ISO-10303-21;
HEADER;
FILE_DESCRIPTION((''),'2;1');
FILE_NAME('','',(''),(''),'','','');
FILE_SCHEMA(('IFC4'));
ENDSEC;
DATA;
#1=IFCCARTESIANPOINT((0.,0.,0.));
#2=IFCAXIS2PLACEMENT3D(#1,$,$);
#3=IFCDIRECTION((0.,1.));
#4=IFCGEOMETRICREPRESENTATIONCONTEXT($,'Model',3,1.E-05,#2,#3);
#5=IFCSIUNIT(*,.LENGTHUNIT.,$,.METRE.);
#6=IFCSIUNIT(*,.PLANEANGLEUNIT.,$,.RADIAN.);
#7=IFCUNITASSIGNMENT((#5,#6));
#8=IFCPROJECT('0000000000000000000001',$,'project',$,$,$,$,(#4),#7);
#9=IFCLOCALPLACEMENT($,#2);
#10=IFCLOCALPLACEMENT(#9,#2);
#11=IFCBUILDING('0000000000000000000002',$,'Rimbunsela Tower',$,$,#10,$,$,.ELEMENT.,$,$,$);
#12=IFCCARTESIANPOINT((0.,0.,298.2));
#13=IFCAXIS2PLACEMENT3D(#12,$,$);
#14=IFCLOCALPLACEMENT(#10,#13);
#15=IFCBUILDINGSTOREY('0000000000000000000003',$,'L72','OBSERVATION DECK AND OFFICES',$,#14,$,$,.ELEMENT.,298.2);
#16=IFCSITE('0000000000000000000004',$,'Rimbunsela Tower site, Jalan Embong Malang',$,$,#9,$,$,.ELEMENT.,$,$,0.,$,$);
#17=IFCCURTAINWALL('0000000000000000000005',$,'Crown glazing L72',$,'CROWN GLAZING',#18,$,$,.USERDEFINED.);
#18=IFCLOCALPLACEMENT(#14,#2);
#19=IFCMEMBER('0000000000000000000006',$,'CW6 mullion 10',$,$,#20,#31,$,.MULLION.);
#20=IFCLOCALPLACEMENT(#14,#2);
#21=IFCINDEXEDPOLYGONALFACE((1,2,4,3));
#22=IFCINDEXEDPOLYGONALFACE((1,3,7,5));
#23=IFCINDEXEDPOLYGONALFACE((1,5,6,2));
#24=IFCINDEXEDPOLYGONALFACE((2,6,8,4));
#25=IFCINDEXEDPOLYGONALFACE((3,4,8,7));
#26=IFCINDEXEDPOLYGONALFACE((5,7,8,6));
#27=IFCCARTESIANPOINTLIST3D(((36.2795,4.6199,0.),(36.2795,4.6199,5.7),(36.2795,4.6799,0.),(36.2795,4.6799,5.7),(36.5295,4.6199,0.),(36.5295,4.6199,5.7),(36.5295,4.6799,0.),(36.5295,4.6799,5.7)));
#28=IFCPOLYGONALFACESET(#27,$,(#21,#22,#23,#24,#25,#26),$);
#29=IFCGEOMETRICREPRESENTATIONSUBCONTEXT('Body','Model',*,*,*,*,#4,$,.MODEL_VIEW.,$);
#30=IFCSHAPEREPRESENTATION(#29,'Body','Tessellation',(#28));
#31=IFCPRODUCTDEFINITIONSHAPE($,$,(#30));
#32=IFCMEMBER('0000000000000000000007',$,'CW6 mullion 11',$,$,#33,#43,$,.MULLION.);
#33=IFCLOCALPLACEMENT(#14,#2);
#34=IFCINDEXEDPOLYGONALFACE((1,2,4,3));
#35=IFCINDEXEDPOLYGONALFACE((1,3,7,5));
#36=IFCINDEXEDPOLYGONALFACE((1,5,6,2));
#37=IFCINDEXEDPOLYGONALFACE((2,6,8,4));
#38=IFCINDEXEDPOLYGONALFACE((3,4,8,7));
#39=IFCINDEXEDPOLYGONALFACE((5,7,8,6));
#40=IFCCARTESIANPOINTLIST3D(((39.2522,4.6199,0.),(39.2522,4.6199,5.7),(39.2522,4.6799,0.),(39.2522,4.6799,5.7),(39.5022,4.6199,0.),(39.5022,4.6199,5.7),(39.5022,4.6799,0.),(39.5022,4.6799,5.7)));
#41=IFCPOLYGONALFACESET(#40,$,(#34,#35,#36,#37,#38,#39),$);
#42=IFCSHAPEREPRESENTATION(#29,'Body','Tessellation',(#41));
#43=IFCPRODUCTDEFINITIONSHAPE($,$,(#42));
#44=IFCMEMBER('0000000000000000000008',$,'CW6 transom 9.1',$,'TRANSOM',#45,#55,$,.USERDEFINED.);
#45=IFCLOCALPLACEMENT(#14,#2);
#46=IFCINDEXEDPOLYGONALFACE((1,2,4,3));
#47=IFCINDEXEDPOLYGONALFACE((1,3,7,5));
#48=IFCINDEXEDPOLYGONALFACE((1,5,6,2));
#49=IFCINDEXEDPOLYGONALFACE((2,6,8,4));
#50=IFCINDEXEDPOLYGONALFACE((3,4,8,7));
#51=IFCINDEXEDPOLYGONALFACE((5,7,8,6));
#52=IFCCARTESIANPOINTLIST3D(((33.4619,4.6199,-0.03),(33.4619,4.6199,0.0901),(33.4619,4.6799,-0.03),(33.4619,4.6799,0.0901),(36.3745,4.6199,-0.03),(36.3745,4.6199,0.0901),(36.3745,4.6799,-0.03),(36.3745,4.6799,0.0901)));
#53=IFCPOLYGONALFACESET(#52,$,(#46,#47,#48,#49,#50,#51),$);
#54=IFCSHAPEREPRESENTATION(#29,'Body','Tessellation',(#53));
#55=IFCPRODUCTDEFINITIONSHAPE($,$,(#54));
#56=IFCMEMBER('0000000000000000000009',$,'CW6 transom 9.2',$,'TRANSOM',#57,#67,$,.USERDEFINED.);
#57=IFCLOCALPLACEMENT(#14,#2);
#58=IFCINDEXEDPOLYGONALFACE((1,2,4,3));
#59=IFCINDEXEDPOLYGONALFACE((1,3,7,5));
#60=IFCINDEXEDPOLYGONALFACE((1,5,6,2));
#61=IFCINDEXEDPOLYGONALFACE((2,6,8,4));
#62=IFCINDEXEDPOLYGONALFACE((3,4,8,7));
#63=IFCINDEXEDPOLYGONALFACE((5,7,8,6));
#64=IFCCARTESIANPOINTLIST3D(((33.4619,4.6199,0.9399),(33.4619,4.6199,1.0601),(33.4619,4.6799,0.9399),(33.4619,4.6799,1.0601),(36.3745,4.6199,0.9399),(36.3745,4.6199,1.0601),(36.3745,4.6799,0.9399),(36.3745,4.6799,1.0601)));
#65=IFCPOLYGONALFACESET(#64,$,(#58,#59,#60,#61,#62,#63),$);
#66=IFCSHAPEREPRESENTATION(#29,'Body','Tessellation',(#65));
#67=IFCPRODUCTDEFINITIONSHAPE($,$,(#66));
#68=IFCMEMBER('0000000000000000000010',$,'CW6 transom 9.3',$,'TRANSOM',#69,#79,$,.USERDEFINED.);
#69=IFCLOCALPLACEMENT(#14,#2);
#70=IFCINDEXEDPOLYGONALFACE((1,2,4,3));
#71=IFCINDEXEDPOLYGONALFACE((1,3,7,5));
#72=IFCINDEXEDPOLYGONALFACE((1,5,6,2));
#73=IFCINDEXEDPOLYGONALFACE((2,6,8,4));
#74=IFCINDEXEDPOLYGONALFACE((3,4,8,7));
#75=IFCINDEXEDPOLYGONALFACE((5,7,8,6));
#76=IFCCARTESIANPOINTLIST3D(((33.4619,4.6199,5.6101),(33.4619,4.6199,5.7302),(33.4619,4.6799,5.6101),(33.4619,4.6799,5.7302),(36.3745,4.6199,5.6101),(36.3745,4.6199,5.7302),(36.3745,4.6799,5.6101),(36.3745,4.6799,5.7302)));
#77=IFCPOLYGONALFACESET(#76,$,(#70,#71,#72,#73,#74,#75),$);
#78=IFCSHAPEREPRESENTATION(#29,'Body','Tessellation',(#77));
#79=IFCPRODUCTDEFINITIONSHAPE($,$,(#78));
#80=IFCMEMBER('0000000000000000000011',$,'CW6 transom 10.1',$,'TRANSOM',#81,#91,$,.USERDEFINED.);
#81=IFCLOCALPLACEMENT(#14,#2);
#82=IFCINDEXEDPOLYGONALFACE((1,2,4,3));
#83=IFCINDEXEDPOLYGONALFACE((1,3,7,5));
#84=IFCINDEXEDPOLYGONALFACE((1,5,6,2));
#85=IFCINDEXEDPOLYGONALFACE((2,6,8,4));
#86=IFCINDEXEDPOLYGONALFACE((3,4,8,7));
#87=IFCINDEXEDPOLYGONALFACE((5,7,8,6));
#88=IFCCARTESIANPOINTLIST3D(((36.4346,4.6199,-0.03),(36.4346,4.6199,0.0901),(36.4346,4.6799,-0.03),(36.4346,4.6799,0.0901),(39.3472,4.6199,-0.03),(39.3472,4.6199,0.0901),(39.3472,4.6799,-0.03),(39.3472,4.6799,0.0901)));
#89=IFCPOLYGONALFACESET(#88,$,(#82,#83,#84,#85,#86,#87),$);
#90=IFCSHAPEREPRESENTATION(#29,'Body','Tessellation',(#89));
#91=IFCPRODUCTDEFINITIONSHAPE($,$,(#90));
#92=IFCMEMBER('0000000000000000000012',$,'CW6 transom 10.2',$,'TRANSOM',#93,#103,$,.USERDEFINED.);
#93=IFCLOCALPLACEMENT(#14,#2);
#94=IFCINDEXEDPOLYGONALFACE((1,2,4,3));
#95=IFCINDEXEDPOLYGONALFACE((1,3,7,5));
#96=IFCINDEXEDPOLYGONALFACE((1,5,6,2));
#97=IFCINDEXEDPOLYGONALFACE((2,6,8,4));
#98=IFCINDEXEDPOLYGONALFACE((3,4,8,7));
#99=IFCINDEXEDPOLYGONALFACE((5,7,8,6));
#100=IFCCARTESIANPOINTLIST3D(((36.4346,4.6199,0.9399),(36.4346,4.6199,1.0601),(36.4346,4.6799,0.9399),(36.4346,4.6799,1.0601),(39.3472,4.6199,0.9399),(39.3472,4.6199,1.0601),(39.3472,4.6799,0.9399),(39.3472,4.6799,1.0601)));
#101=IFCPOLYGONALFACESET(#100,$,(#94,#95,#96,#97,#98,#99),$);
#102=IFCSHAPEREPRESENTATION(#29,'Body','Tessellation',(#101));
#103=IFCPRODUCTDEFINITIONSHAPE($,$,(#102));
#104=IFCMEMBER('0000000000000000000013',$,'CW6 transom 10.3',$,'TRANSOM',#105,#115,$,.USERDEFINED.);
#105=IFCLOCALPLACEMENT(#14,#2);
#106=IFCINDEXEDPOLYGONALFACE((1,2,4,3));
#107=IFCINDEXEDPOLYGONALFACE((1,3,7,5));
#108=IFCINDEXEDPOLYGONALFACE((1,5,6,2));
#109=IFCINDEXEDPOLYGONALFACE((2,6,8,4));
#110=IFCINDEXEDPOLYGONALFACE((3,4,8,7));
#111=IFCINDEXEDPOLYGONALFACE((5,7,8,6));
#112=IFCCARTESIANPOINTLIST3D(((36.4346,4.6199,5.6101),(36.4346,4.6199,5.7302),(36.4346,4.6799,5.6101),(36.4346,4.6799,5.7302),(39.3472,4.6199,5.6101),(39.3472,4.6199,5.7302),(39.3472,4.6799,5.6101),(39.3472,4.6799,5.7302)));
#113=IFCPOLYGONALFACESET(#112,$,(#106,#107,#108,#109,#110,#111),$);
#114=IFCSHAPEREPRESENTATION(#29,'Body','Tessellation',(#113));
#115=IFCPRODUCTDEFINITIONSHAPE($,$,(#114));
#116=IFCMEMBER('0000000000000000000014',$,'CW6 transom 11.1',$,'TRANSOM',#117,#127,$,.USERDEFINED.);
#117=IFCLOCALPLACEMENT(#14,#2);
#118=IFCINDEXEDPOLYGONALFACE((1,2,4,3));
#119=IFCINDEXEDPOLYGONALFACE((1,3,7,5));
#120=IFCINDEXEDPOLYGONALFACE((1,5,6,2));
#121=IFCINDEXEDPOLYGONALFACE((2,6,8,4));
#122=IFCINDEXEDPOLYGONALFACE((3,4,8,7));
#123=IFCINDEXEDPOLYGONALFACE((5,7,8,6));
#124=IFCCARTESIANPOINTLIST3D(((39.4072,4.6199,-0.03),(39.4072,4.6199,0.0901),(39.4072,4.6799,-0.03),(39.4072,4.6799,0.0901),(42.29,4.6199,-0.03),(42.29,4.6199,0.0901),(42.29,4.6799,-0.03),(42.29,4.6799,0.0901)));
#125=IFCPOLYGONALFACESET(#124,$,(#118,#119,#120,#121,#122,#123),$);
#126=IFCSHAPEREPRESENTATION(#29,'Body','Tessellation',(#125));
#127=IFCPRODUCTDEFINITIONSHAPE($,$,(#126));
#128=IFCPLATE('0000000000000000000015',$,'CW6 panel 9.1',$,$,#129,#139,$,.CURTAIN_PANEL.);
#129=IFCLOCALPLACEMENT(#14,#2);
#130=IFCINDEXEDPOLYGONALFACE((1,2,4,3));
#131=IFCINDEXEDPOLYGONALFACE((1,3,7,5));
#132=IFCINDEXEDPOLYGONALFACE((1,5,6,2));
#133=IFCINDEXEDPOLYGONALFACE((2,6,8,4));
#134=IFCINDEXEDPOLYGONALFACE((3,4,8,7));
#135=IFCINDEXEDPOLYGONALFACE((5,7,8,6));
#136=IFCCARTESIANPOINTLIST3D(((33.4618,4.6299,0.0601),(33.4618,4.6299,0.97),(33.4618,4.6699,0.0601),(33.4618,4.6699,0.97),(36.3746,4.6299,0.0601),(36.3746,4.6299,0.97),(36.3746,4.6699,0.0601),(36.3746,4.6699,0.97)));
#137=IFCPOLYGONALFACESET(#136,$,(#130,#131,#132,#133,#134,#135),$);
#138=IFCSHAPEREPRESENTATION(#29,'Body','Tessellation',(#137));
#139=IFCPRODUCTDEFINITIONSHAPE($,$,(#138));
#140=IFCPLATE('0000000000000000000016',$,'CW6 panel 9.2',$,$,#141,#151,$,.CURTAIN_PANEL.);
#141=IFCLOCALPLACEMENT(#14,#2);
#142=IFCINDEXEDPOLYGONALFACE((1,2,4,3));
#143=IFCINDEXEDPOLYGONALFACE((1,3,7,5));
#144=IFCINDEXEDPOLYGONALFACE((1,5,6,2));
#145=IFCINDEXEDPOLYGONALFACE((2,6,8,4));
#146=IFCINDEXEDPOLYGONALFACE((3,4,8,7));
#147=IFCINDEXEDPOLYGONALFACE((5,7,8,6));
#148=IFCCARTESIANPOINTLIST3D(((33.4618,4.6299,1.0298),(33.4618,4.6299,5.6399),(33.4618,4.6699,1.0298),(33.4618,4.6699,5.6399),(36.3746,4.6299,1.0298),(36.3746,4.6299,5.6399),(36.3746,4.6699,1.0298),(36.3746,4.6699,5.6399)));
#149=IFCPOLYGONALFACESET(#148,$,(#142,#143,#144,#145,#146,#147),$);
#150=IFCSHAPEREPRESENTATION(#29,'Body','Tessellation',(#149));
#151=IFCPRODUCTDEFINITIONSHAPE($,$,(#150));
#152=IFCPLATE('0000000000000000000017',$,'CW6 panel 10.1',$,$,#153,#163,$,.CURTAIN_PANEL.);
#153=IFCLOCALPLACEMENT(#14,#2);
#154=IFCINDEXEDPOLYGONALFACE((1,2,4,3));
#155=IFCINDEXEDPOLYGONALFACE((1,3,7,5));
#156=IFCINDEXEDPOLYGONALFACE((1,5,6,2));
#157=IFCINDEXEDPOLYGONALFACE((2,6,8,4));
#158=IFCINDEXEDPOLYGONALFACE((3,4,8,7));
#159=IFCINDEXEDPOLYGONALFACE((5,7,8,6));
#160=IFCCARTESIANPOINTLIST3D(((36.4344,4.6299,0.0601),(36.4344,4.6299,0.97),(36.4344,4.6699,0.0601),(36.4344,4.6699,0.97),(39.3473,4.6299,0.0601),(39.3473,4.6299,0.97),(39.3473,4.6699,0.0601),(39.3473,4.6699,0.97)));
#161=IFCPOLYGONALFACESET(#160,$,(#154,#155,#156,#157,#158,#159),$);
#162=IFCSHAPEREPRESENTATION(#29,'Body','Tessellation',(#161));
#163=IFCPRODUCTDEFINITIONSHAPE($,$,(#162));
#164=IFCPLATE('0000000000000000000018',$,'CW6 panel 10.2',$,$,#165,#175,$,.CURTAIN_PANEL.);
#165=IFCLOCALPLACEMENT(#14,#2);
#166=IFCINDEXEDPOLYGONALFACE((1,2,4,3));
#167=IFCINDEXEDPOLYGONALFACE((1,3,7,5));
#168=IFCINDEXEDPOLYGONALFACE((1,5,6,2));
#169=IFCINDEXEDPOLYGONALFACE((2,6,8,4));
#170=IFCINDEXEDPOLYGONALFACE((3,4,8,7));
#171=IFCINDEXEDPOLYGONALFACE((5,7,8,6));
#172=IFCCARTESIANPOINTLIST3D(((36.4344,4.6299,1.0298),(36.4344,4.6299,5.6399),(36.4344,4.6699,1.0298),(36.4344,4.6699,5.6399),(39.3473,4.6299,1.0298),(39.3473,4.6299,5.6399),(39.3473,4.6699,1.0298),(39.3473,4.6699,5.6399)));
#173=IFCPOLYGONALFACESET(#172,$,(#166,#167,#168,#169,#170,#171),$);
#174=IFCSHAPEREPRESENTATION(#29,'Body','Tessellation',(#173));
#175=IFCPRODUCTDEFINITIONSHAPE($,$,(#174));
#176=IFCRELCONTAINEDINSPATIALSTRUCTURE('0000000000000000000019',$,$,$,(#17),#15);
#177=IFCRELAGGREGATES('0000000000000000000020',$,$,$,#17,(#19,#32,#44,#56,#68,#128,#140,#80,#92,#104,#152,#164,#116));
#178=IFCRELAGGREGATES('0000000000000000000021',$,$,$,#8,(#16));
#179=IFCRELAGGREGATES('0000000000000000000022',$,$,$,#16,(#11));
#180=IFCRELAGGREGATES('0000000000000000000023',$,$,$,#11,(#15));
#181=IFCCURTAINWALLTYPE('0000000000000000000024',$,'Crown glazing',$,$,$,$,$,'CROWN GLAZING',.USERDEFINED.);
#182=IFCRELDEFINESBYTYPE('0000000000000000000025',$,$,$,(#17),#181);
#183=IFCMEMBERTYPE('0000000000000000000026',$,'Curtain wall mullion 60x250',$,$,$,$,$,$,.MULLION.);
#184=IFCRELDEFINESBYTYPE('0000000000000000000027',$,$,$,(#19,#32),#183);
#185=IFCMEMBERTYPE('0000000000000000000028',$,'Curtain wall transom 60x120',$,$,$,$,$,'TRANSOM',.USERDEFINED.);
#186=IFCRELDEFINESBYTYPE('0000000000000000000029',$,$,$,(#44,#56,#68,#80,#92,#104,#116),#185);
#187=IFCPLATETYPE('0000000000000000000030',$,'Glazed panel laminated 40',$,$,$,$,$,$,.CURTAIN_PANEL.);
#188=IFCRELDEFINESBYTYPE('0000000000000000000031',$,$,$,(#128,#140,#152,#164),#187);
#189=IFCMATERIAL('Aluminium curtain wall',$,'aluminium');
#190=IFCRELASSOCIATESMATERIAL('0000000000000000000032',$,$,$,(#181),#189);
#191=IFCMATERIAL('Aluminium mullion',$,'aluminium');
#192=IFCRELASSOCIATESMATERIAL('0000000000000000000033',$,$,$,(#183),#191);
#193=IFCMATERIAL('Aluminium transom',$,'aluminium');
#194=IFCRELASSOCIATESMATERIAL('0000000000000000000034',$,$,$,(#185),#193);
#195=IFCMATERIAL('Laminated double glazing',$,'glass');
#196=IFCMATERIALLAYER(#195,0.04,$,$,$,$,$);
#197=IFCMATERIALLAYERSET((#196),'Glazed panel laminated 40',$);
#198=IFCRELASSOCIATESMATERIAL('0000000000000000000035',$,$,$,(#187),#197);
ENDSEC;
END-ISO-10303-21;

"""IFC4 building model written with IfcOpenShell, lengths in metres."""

from ifc_helpers import new_model, si_unit, direction, frame, origin, origin_2d, place, context, subcontext, project, spatial, rectangle, extrude, material, layer, layer_set, material_profile, profile_set, type_object, element, aggregate, save


model = new_model("IFC4")

# Units and contexts
model_context = context("Model", 3, precision=1e-05, world=origin(), true_north=direction((0.0, 1.0)))
body_context = subcontext(model_context, "Body", "Model", "MODEL_VIEW")
ifc_project = project(units=[si_unit("LENGTHUNIT", "METRE"), si_unit("PLANEANGLEUNIT", "RADIAN")], contexts=[model_context])

# Site, building, storey
site_placement = place(None, origin())
site = spatial("IfcSite", under=ifc_project, at=site_placement, Name="Rimbunsela Tower site, Jalan Embong Malang", CompositionType="ELEMENT", RefElevation=0.0)
building_placement = place(site_placement, origin())
building = spatial("IfcBuilding", under=site, at=building_placement, Name="Rimbunsela Tower", CompositionType="ELEMENT")
storey_placement = place(building_placement, frame((0.0, 0.0, 298.2)))
storey = spatial("IfcBuildingStorey", under=building, at=storey_placement, Name="L72", Description="OBSERVATION DECK AND OFFICES", CompositionType="ELEMENT", Elevation=298.2)

# Curtain wall, members, plates
ifc_material_1 = material(Name="Aluminium curtain wall", Category="aluminium")
curtain_wall_type = type_object("IfcCurtainWallType", Name="Crown glazing", ElementType="CROWN GLAZING", PredefinedType="USERDEFINED", material=ifc_material_1)
curtain_wall_placement = place(storey_placement, origin())
curtain_wall = element("IfcCurtainWall", 1, at=curtain_wall_placement, inside=storey, type_object=curtain_wall_type, Name="Crown glazing L72", ObjectType="CROWN GLAZING", PredefinedType="USERDEFINED")
ifc_material_2 = material(Name="Aluminium mullion", Category="aluminium")
ifc_material_profile_1 = material_profile(ifc_material_2, rectangle(XDim=0.0601, YDim=0.25, at=origin_2d()), Name="Mullion 60x250")
ifc_profile_set_1 = profile_set([ifc_material_profile_1], Name="Aluminium mullion")
member_type_1 = type_object("IfcMemberType", Name="Curtain wall mullion 60x250", PredefinedType="MULLION", material=ifc_profile_set_1)
member_1_placement = place(storey_placement, frame((36.4045, 4.6499, 0.0), z_axis=(0.0, 0.0, 1.0), x_axis=(0.0, 1.0, 0.0)))
member_1 = element("IfcMember", 2, at=member_1_placement, type_object=member_type_1, Name="CW6 mullion 10", PredefinedType="MULLION", context=body_context, shape_type="SweptSolid", body=[
    extrude(rectangle(XDim=0.0601, YDim=0.25, at=origin_2d()), origin(), (0.0, 0.0, 1.0), 5.7),
])
member_2_placement = place(storey_placement, frame((39.3772, 4.6499, 0.0), z_axis=(0.0, 0.0, 1.0), x_axis=(0.0, 1.0, 0.0)))
member_2 = element("IfcMember", 3, at=member_2_placement, type_object=member_type_1, Name="CW6 mullion 11", PredefinedType="MULLION", context=body_context, shape_type="SweptSolid", body=[
    extrude(rectangle(XDim=0.0601, YDim=0.25, at=origin_2d()), origin(), (0.0, 0.0, 1.0), 5.7),
])
ifc_material_3 = material(Name="Aluminium transom", Category="aluminium")
ifc_material_profile_2 = material_profile(ifc_material_3, rectangle(XDim=0.0601, YDim=0.1201, at=origin_2d()), Name="Transom 60x120")
ifc_profile_set_2 = profile_set([ifc_material_profile_2], Name="Aluminium transom")
member_type_2 = type_object("IfcMemberType", Name="Curtain wall transom 60x120", ElementType="TRANSOM", PredefinedType="USERDEFINED", material=ifc_profile_set_2)
member_3_placement = place(storey_placement, frame((33.4619, 4.6499, 0.03), z_axis=(1.0, 0.0, 0.0), x_axis=(0.0, 1.0, 0.0)))
member_3 = element("IfcMember", 4, at=member_3_placement, type_object=member_type_2, Name="CW6 transom 9.1", ObjectType="TRANSOM", PredefinedType="USERDEFINED", context=body_context, shape_type="SweptSolid", body=[
    extrude(rectangle(XDim=0.0601, YDim=0.1201, at=origin_2d()), origin(), (0.0, 0.0, 1.0), 2.9126),
])
member_4_placement = place(storey_placement, frame((33.4619, 4.6499, 1.0), z_axis=(1.0, 0.0, 0.0), x_axis=(0.0, 1.0, 0.0)))
member_4 = element("IfcMember", 5, at=member_4_placement, type_object=member_type_2, Name="CW6 transom 9.2", ObjectType="TRANSOM", PredefinedType="USERDEFINED", context=body_context, shape_type="SweptSolid", body=[
    extrude(rectangle(XDim=0.0601, YDim=0.1201, at=origin_2d()), origin(), (0.0, 0.0, 1.0), 2.9126),
])
member_5_placement = place(storey_placement, frame((33.4619, 4.6499, 5.6702), z_axis=(1.0, 0.0, 0.0), x_axis=(0.0, 1.0, 0.0)))
member_5 = element("IfcMember", 6, at=member_5_placement, type_object=member_type_2, Name="CW6 transom 9.3", ObjectType="TRANSOM", PredefinedType="USERDEFINED", context=body_context, shape_type="SweptSolid", body=[
    extrude(rectangle(XDim=0.0601, YDim=0.1201, at=origin_2d()), origin(), (0.0, 0.0, 1.0), 2.9126),
])
member_6_placement = place(storey_placement, frame((36.4346, 4.6499, 0.03), z_axis=(1.0, 0.0, 0.0), x_axis=(0.0, 1.0, 0.0)))
member_6 = element("IfcMember", 7, at=member_6_placement, type_object=member_type_2, Name="CW6 transom 10.1", ObjectType="TRANSOM", PredefinedType="USERDEFINED", context=body_context, shape_type="SweptSolid", body=[
    extrude(rectangle(XDim=0.0601, YDim=0.1201, at=origin_2d()), origin(), (0.0, 0.0, 1.0), 2.9126),
])
member_7_placement = place(storey_placement, frame((36.4346, 4.6499, 1.0), z_axis=(1.0, 0.0, 0.0), x_axis=(0.0, 1.0, 0.0)))
member_7 = element("IfcMember", 8, at=member_7_placement, type_object=member_type_2, Name="CW6 transom 10.2", ObjectType="TRANSOM", PredefinedType="USERDEFINED", context=body_context, shape_type="SweptSolid", body=[
    extrude(rectangle(XDim=0.0601, YDim=0.1201, at=origin_2d()), origin(), (0.0, 0.0, 1.0), 2.9126),
])
member_8_placement = place(storey_placement, frame((36.4346, 4.6499, 5.6702), z_axis=(1.0, 0.0, 0.0), x_axis=(0.0, 1.0, 0.0)))
member_8 = element("IfcMember", 9, at=member_8_placement, type_object=member_type_2, Name="CW6 transom 10.3", ObjectType="TRANSOM", PredefinedType="USERDEFINED", context=body_context, shape_type="SweptSolid", body=[
    extrude(rectangle(XDim=0.0601, YDim=0.1201, at=origin_2d()), origin(), (0.0, 0.0, 1.0), 2.9126),
])
member_9_placement = place(storey_placement, frame((39.4072, 4.6499, 0.03), z_axis=(1.0, 0.0, 0.0), x_axis=(0.0, 1.0, 0.0)))
member_9 = element("IfcMember", 10, at=member_9_placement, type_object=member_type_2, Name="CW6 transom 11.1", ObjectType="TRANSOM", PredefinedType="USERDEFINED", context=body_context, shape_type="SweptSolid", body=[
    extrude(rectangle(XDim=0.0601, YDim=0.1201, at=origin_2d()), origin(), (0.0, 0.0, 1.0), 2.8828),
])
ifc_material_4 = material(Name="Laminated double glazing", Category="glass")
ifc_layer_1 = layer(ifc_material_4, 0.04)
ifc_layer_set_1 = layer_set([ifc_layer_1], Name="Glazed panel laminated 40")
plate_type = type_object("IfcPlateType", Name="Glazed panel laminated 40", PredefinedType="CURTAIN_PANEL", material=ifc_layer_set_1)
plate_1_placement = place(storey_placement, frame((34.9182, 4.6499, 0.0601), z_axis=(0.0, 0.0, 1.0), x_axis=(1.0, 0.0, 0.0)))
plate_1 = element("IfcPlate", 11, at=plate_1_placement, type_object=plate_type, Name="CW6 panel 9.1", PredefinedType="CURTAIN_PANEL", context=body_context, shape_type="SweptSolid", body=[
    extrude(rectangle(XDim=2.9128, YDim=0.04, at=origin_2d()), origin(), (0.0, 0.0, 1.0), 0.9099),
])
plate_2_placement = place(storey_placement, frame((34.9182, 4.6499, 1.0298), z_axis=(0.0, 0.0, 1.0), x_axis=(1.0, 0.0, 0.0)))
plate_2 = element("IfcPlate", 12, at=plate_2_placement, type_object=plate_type, Name="CW6 panel 9.2", PredefinedType="CURTAIN_PANEL", context=body_context, shape_type="SweptSolid", body=[
    extrude(rectangle(XDim=2.9128, YDim=0.04, at=origin_2d()), origin(), (0.0, 0.0, 1.0), 4.6101),
])
plate_3_placement = place(storey_placement, frame((37.8909, 4.6499, 0.0601), z_axis=(0.0, 0.0, 1.0), x_axis=(1.0, 0.0, 0.0)))
plate_3 = element("IfcPlate", 13, at=plate_3_placement, type_object=plate_type, Name="CW6 panel 10.1", PredefinedType="CURTAIN_PANEL", context=body_context, shape_type="SweptSolid", body=[
    extrude(rectangle(XDim=2.9128, YDim=0.04, at=origin_2d()), origin(), (0.0, 0.0, 1.0), 0.9099),
])
plate_4_placement = place(storey_placement, frame((37.8909, 4.6499, 1.0298), z_axis=(0.0, 0.0, 1.0), x_axis=(1.0, 0.0, 0.0)))
plate_4 = element("IfcPlate", 14, at=plate_4_placement, type_object=plate_type, Name="CW6 panel 10.2", PredefinedType="CURTAIN_PANEL", context=body_context, shape_type="SweptSolid", body=[
    extrude(rectangle(XDim=2.9128, YDim=0.04, at=origin_2d()), origin(), (0.0, 0.0, 1.0), 4.6101),
])
aggregate(curtain_wall, [member_1, member_2, member_3, member_4, member_5, plate_1, plate_2, member_6, member_7, member_8, plate_3, plate_4, member_9])

save(model, "model.ifc")
